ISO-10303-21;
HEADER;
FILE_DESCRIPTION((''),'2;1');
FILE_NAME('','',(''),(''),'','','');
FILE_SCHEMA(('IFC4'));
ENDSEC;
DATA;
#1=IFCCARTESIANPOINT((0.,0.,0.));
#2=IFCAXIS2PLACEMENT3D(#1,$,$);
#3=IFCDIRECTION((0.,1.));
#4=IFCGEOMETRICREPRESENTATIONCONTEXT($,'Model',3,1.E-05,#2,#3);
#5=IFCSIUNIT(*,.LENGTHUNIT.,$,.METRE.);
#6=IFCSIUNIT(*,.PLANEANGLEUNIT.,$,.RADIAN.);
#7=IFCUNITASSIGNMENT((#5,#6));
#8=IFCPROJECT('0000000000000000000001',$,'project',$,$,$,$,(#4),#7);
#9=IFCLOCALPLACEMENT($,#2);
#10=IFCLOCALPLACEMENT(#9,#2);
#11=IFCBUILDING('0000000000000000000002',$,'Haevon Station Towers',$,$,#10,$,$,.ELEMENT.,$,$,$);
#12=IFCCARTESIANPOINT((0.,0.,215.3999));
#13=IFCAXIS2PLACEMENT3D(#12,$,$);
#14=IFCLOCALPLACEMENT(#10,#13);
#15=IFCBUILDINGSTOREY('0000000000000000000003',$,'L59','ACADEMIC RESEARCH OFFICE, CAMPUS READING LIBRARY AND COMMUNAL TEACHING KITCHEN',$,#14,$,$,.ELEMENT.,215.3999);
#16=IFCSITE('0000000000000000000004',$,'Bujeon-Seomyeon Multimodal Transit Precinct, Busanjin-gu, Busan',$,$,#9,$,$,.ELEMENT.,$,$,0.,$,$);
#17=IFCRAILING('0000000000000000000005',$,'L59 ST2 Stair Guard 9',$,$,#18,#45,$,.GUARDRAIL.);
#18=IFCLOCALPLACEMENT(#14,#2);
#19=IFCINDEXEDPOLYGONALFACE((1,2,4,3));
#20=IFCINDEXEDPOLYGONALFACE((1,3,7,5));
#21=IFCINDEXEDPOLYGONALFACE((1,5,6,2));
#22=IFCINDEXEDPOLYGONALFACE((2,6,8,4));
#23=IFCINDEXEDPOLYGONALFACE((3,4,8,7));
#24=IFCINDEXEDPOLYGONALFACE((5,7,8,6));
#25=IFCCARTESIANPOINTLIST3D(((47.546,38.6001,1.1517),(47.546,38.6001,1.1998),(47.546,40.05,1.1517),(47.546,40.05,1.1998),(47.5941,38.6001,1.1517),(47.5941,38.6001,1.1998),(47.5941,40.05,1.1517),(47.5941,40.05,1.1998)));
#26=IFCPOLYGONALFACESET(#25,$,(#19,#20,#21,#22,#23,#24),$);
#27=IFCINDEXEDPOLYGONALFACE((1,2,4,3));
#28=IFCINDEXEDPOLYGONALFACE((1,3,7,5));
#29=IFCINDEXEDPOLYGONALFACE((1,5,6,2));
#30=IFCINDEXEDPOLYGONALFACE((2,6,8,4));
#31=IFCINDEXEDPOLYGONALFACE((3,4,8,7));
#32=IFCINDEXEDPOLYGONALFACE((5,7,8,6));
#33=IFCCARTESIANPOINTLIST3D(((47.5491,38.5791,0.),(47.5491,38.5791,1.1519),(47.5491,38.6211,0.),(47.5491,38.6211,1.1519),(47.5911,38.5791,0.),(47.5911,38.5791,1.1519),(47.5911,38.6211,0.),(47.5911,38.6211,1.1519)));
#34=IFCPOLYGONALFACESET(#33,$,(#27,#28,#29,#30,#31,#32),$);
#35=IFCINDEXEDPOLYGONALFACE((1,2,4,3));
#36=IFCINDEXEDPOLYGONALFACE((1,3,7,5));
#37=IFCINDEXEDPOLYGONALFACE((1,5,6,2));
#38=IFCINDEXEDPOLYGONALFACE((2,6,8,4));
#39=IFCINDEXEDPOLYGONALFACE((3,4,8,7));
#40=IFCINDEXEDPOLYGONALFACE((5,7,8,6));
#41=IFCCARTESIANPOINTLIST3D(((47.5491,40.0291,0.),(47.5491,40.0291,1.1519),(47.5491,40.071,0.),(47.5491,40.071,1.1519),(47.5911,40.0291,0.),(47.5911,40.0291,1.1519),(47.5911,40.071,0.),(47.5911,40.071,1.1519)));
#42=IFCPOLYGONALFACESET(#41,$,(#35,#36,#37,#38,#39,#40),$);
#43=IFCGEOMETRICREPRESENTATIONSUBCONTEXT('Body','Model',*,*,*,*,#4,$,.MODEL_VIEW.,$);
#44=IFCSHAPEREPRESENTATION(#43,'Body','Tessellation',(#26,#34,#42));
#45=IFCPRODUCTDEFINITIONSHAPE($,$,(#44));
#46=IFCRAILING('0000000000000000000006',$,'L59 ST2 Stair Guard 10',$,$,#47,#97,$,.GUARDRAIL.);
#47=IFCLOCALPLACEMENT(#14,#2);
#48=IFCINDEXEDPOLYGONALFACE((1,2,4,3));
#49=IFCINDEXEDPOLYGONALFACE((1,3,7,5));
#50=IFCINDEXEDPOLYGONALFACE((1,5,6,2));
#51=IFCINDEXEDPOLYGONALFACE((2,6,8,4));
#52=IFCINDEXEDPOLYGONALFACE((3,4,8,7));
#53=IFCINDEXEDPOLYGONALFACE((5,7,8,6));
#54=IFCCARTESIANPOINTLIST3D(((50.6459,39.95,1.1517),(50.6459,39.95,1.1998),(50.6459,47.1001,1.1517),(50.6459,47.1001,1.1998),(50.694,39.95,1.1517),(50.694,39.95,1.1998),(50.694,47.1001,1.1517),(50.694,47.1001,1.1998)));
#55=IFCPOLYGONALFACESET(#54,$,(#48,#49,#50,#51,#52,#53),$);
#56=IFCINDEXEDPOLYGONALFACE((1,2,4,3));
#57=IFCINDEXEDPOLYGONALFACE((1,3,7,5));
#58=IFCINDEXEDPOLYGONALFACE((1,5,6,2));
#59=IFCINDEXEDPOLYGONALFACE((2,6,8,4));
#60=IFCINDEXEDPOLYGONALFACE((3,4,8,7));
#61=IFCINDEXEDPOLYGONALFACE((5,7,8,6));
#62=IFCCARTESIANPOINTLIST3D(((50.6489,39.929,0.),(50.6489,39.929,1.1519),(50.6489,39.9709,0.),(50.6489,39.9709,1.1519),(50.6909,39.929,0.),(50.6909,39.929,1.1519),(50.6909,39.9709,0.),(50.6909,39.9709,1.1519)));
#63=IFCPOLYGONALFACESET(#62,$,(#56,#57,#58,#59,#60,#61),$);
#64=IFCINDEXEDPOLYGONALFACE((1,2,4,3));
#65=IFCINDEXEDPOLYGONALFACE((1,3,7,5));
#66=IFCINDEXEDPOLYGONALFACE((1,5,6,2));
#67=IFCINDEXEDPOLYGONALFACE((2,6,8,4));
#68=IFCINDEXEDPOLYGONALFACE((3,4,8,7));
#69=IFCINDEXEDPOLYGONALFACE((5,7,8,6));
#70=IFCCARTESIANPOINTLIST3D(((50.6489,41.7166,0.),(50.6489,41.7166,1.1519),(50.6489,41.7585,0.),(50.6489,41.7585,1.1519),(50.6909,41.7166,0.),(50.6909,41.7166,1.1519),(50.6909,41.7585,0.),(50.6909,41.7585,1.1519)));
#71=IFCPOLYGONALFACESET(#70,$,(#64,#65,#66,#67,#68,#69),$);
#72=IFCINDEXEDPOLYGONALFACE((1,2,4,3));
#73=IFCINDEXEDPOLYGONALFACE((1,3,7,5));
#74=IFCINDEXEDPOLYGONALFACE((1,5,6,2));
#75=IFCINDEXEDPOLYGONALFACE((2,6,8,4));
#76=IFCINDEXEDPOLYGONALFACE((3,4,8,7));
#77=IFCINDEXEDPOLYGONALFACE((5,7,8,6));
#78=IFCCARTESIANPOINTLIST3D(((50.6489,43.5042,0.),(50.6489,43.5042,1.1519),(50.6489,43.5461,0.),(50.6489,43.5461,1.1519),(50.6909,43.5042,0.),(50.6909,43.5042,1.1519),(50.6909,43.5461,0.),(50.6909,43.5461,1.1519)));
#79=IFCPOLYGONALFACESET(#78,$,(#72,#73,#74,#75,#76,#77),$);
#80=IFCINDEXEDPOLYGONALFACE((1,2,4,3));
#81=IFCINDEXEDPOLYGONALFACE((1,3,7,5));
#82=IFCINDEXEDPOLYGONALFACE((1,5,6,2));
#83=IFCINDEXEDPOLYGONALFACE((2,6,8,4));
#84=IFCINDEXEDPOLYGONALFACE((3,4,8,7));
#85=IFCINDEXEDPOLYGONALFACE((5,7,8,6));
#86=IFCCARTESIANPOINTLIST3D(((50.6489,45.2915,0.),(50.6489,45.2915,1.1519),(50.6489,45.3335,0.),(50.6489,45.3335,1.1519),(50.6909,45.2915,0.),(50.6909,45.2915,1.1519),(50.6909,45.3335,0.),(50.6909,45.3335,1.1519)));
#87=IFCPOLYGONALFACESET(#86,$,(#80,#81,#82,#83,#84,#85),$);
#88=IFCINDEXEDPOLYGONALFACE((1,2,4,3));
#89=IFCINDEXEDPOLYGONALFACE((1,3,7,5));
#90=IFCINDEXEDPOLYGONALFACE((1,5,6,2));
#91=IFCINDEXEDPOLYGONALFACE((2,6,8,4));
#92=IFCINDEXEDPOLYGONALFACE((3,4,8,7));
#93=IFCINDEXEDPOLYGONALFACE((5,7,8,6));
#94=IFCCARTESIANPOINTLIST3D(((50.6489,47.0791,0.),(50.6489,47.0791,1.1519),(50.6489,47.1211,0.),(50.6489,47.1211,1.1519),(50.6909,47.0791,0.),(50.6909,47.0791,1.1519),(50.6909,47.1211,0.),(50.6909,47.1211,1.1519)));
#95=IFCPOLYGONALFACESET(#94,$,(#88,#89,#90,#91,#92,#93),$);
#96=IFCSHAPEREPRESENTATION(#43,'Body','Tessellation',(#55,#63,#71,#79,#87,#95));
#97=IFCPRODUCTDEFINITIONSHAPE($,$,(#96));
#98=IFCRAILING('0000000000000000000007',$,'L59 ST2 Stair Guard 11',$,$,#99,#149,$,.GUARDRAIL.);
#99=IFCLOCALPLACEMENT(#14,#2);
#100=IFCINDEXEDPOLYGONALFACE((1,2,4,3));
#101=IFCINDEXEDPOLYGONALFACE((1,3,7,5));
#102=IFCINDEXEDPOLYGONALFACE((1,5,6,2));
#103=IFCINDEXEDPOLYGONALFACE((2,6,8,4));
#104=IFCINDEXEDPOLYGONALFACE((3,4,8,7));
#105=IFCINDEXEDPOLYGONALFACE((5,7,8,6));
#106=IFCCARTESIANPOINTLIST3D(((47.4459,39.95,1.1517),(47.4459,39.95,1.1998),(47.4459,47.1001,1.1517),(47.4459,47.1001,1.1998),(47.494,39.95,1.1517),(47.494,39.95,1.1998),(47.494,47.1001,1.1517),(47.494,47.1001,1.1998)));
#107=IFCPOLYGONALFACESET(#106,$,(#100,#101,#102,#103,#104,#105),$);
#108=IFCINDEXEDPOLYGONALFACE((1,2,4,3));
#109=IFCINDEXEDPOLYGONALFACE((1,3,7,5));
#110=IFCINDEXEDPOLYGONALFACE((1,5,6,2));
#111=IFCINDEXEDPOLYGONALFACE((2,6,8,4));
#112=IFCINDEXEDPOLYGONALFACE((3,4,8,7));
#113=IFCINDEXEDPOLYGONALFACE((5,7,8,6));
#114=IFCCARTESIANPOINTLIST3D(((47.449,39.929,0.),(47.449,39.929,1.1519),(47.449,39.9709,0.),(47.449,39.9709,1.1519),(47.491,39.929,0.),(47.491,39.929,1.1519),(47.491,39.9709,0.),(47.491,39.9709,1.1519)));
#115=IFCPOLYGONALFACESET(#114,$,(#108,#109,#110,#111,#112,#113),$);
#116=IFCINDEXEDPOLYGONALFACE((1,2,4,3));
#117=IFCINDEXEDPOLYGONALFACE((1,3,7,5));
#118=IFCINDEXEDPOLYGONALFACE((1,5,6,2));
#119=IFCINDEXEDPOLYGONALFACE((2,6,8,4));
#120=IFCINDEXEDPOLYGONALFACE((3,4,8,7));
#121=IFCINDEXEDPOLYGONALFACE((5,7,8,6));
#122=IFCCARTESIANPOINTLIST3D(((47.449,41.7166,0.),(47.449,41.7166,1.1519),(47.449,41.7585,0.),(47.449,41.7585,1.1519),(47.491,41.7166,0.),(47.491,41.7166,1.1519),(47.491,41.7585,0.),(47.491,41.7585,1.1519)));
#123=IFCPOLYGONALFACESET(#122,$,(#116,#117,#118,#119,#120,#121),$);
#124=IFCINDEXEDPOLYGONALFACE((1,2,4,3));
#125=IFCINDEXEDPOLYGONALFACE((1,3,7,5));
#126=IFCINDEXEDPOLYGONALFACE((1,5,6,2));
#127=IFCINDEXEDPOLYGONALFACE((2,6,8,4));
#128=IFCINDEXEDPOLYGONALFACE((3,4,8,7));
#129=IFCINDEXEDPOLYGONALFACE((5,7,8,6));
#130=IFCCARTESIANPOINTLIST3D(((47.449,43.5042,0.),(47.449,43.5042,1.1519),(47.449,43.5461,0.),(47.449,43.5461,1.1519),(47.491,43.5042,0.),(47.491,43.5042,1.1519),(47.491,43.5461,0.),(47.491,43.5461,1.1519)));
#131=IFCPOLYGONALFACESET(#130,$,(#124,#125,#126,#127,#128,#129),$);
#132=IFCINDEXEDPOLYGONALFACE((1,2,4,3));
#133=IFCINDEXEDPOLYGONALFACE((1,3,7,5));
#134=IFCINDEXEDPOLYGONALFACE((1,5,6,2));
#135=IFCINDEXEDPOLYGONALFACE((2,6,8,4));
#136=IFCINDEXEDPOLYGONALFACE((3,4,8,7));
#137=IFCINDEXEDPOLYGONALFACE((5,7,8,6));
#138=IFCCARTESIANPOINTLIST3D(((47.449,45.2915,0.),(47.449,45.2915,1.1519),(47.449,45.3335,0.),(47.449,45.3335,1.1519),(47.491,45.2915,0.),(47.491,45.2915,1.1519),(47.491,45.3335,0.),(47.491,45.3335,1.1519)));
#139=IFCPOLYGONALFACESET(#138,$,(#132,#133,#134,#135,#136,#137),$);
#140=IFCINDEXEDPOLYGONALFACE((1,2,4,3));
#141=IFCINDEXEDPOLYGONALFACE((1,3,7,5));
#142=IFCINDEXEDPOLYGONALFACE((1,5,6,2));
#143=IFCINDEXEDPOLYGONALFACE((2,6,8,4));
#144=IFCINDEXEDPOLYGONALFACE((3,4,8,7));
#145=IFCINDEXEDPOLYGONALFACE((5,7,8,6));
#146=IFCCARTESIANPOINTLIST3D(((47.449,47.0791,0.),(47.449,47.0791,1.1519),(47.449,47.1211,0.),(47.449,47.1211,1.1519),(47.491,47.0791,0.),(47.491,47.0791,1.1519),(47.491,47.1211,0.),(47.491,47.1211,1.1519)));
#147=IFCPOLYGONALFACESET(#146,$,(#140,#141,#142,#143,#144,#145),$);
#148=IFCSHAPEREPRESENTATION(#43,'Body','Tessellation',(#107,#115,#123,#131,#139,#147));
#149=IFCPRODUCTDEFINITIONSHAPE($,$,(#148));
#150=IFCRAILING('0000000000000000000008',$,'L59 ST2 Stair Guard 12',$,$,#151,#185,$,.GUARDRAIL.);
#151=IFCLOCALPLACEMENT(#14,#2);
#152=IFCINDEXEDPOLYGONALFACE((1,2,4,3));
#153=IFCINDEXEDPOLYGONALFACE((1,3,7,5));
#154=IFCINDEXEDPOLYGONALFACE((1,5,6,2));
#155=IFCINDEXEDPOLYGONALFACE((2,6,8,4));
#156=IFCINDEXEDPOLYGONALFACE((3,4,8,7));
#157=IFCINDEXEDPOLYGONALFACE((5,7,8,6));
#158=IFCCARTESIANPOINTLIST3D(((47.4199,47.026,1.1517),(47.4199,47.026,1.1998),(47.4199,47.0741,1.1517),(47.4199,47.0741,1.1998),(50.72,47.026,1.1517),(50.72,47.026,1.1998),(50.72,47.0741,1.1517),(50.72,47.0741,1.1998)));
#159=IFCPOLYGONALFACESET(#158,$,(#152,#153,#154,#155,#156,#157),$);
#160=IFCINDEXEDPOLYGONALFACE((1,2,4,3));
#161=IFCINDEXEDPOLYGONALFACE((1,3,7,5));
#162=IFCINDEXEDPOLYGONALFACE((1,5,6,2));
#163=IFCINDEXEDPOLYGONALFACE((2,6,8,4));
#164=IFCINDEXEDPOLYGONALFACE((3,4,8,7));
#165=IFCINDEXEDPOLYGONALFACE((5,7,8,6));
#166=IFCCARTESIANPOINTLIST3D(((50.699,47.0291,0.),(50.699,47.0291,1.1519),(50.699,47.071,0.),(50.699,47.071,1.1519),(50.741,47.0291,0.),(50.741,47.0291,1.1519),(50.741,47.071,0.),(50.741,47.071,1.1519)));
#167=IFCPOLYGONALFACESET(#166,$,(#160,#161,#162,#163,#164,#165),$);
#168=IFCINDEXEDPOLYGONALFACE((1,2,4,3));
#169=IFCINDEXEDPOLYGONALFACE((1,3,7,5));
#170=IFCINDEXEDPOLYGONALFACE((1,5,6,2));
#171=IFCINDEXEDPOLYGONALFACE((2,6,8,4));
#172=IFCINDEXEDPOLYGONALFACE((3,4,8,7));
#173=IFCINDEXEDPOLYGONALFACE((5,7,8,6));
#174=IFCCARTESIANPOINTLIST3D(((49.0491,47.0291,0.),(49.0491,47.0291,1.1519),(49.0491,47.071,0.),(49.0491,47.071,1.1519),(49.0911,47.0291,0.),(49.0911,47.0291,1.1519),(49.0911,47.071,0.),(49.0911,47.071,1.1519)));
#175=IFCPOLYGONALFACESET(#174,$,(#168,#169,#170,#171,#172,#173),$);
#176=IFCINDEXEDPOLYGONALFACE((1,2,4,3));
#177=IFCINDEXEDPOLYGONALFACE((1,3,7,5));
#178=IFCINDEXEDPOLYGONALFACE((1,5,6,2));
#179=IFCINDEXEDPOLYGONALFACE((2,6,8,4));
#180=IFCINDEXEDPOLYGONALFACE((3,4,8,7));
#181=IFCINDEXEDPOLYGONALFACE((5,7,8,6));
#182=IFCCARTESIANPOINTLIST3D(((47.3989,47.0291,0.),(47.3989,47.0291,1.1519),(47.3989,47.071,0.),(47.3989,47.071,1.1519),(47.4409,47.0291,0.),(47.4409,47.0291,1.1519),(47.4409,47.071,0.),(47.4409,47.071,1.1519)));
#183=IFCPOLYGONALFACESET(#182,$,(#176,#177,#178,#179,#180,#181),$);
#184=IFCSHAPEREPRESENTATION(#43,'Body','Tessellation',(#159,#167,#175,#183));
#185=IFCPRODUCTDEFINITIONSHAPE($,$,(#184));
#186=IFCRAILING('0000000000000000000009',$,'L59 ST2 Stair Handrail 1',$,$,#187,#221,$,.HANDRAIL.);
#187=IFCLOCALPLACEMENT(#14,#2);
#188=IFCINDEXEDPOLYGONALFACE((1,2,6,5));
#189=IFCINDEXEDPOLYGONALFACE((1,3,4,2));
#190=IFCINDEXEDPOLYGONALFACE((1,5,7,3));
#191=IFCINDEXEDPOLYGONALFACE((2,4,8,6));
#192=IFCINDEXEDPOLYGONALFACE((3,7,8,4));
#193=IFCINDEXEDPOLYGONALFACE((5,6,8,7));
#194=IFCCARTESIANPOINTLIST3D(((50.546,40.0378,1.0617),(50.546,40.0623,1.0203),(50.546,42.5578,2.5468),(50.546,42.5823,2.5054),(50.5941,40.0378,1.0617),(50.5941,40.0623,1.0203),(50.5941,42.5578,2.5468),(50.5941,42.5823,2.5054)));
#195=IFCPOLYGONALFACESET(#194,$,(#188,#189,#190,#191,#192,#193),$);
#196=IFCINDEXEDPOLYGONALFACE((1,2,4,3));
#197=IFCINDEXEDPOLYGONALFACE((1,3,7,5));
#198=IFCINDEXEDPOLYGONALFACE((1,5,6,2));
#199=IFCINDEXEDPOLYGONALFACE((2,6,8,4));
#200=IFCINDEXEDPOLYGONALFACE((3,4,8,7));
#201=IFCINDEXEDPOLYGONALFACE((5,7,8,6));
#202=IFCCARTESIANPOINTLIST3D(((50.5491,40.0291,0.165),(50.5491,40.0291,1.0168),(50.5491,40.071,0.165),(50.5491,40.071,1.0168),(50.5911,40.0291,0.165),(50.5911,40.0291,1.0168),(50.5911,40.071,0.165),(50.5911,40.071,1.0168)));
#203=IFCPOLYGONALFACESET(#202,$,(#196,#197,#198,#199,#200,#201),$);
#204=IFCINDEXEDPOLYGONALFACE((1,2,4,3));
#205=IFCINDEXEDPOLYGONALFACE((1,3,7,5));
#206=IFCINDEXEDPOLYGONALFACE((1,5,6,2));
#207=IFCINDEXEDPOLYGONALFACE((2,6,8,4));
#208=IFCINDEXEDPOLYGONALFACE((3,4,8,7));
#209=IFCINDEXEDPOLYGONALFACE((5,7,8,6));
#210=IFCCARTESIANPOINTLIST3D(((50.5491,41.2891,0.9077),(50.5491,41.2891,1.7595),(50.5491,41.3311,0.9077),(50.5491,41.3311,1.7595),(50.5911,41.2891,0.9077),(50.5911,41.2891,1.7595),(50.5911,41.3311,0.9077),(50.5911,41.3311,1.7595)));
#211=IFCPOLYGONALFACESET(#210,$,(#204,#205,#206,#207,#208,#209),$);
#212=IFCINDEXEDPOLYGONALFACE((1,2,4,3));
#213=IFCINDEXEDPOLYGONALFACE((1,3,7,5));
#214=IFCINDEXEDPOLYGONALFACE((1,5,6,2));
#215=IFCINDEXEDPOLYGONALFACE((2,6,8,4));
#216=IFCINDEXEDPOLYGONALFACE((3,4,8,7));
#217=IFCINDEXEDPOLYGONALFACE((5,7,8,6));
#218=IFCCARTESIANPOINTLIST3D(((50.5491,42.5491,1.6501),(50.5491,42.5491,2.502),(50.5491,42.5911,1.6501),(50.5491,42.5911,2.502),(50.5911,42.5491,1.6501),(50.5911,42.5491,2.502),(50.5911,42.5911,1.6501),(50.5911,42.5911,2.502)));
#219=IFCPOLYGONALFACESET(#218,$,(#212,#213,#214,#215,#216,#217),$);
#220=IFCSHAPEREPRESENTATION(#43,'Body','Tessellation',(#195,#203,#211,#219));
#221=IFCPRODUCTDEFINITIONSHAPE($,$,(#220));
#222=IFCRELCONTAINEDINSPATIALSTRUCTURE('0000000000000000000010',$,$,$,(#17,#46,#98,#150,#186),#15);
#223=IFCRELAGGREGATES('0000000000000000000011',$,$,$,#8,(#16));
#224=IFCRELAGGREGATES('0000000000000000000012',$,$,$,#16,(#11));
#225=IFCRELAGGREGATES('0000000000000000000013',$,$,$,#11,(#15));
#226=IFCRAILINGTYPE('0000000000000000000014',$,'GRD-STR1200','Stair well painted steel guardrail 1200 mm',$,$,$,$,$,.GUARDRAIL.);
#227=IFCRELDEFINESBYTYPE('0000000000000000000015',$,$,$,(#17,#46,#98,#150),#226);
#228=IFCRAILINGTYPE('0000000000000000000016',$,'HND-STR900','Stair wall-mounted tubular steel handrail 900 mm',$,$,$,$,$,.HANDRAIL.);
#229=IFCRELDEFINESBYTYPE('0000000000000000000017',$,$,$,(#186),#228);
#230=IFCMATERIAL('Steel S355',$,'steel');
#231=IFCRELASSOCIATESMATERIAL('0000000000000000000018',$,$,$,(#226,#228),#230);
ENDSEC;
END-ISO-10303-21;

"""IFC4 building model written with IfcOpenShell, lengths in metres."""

from ifc_helpers import new_model, si_unit, direction, frame, origin, origin_2d, place, context, subcontext, project, spatial, rectangle, extrude, material, type_object, element, save


model = new_model("IFC4")

# Units and contexts
model_context = context("Model", 3, precision=1e-05, world=origin(), true_north=direction((0.0, 1.0)))
body_context = subcontext(model_context, "Body", "Model", "MODEL_VIEW")
ifc_project = project(units=[si_unit("LENGTHUNIT", "METRE"), si_unit("PLANEANGLEUNIT", "RADIAN")], contexts=[model_context])

# Site, building, storey
site_placement = place(None, origin())
site = spatial("IfcSite", under=ifc_project, at=site_placement, Name="Bujeon-Seomyeon Multimodal Transit Precinct, Busanjin-gu, Busan", CompositionType="ELEMENT", RefElevation=0.0)
building_placement = place(site_placement, origin())
building = spatial("IfcBuilding", under=site, at=building_placement, Name="Haevon Station Towers", CompositionType="ELEMENT")
storey_placement = place(building_placement, frame((0.0, 0.0, 215.3999)))
storey = spatial("IfcBuildingStorey", under=building, at=storey_placement, Name="L59", Description="ACADEMIC RESEARCH OFFICE, CAMPUS READING LIBRARY AND COMMUNAL TEACHING KITCHEN", CompositionType="ELEMENT", Elevation=215.3999)

# Shared definitions
ifc_material_1 = material(Name="Steel S355", Category="steel")

# Railings
railing_type_1 = type_object("IfcRailingType", Name="GRD-STR1200", Description="Stair well painted steel guardrail 1200 mm", PredefinedType="GUARDRAIL", material=ifc_material_1)
for number, where, name in (
    (1, (47.5701, 38.6001, 0.0), "L59 ST2 Stair Guard 9"),
):
    element("IfcRailing", number, at=place(storey_placement, frame(where)), inside=storey, type_object=railing_type_1, Name=name, PredefinedType="GUARDRAIL", context=body_context, shape_type="SweptSolid", body=[
        extrude(rectangle(XDim=0.0481, YDim=0.0481, at=origin_2d()), frame((0.0, 0.0, 1.1758), z_axis=(0.0, 1.0, 0.0), x_axis=(-1.0, 0.0, 0.0)), (0.0, 0.0, 1.0), 1.45),
        extrude(rectangle(XDim=0.042, YDim=0.042, at=origin_2d()), origin(), (0.0, 0.0, 1.0), 1.1519),
        extrude(rectangle(XDim=0.042, YDim=0.042, at=origin_2d()), frame((0.0, 1.45, 0.0)), (0.0, 0.0, 1.0), 1.1519),
    ])
for number, where, name in (
    (2, (50.6699, 39.95, 0.0), "L59 ST2 Stair Guard 10"),
    (3, (47.47, 39.95, 0.0), "L59 ST2 Stair Guard 11"),
):
    element("IfcRailing", number, at=place(storey_placement, frame(where)), inside=storey, type_object=railing_type_1, Name=name, PredefinedType="GUARDRAIL", context=body_context, shape_type="SweptSolid", body=[
        extrude(rectangle(XDim=0.0481, YDim=0.0481, at=origin_2d()), frame((0.0, 0.0, 1.1758), z_axis=(0.0, 1.0, 0.0), x_axis=(-1.0, 0.0, 0.0)), (0.0, 0.0, 1.0), 7.1501),
        extrude(rectangle(XDim=0.042, YDim=0.042, at=origin_2d()), origin(), (0.0, 0.0, 1.0), 1.1519),
        extrude(rectangle(XDim=0.042, YDim=0.042, at=origin_2d()), frame((0.0, 1.7876, 0.0)), (0.0, 0.0, 1.0), 1.1519),
        extrude(rectangle(XDim=0.042, YDim=0.042, at=origin_2d()), frame((0.0, 3.5752, 0.0)), (0.0, 0.0, 1.0), 1.1519),
        extrude(rectangle(XDim=0.042, YDim=0.042, at=origin_2d()), frame((0.0, 5.3625, 0.0)), (0.0, 0.0, 1.0), 1.1519),
        extrude(rectangle(XDim=0.042, YDim=0.042, at=origin_2d()), frame((0.0, 7.1501, 0.0)), (0.0, 0.0, 1.0), 1.1519),
    ])
railing_1_placement = place(storey_placement, frame((50.72, 47.05, 0.0)))
element("IfcRailing", 4, at=railing_1_placement, inside=storey, type_object=railing_type_1, Name="L59 ST2 Stair Guard 12", PredefinedType="GUARDRAIL", context=body_context, shape_type="SweptSolid", body=[
    extrude(rectangle(XDim=0.0481, YDim=0.0481, at=origin_2d()), frame((0.0, 0.0, 1.1758), z_axis=(-1.0, 0.0, 0.0), x_axis=(0.0, -1.0, 0.0)), (0.0, 0.0, 1.0), 3.3),
    extrude(rectangle(XDim=0.042, YDim=0.042, at=origin_2d()), origin(), (0.0, 0.0, 1.0), 1.1519),
    extrude(rectangle(XDim=0.042, YDim=0.042, at=origin_2d()), frame((-1.6499, 0.0, 0.0)), (0.0, 0.0, 1.0), 1.1519),
    extrude(rectangle(XDim=0.042, YDim=0.042, at=origin_2d()), frame((-3.3, 0.0, 0.0)), (0.0, 0.0, 1.0), 1.1519),
])
railing_type_2 = type_object("IfcRailingType", Name="HND-STR900", Description="Stair wall-mounted tubular steel handrail 900 mm", PredefinedType="HANDRAIL", material=ifc_material_1)
railing_2_placement = place(storey_placement, frame((50.5701, 40.05, 0.165)))
element("IfcRailing", 5, at=railing_2_placement, inside=storey, type_object=railing_type_2, Name="L59 ST2 Stair Handrail 1", PredefinedType="HANDRAIL", context=body_context, shape_type="SweptSolid", body=[
    extrude(rectangle(XDim=0.0481, YDim=0.0481, at=origin_2d()), frame((0.0, 0.0, 0.876), z_axis=(0.0, 0.861524, 0.507717), x_axis=(-1.0, 0.0, 0.0)), (0.0, 0.0, 1.0), 2.925),
    extrude(rectangle(XDim=0.042, YDim=0.042, at=origin_2d()), origin(), (0.0, 0.0, 1.0), 0.8518),
    extrude(rectangle(XDim=0.042, YDim=0.042, at=origin_2d()), frame((0.0, 1.26, 0.7427)), (0.0, 0.0, 1.0), 0.8518),
    extrude(rectangle(XDim=0.042, YDim=0.042, at=origin_2d()), frame((0.0, 2.52, 1.4851)), (0.0, 0.0, 1.0), 0.8518),
])

save(model, "model.ifc")
